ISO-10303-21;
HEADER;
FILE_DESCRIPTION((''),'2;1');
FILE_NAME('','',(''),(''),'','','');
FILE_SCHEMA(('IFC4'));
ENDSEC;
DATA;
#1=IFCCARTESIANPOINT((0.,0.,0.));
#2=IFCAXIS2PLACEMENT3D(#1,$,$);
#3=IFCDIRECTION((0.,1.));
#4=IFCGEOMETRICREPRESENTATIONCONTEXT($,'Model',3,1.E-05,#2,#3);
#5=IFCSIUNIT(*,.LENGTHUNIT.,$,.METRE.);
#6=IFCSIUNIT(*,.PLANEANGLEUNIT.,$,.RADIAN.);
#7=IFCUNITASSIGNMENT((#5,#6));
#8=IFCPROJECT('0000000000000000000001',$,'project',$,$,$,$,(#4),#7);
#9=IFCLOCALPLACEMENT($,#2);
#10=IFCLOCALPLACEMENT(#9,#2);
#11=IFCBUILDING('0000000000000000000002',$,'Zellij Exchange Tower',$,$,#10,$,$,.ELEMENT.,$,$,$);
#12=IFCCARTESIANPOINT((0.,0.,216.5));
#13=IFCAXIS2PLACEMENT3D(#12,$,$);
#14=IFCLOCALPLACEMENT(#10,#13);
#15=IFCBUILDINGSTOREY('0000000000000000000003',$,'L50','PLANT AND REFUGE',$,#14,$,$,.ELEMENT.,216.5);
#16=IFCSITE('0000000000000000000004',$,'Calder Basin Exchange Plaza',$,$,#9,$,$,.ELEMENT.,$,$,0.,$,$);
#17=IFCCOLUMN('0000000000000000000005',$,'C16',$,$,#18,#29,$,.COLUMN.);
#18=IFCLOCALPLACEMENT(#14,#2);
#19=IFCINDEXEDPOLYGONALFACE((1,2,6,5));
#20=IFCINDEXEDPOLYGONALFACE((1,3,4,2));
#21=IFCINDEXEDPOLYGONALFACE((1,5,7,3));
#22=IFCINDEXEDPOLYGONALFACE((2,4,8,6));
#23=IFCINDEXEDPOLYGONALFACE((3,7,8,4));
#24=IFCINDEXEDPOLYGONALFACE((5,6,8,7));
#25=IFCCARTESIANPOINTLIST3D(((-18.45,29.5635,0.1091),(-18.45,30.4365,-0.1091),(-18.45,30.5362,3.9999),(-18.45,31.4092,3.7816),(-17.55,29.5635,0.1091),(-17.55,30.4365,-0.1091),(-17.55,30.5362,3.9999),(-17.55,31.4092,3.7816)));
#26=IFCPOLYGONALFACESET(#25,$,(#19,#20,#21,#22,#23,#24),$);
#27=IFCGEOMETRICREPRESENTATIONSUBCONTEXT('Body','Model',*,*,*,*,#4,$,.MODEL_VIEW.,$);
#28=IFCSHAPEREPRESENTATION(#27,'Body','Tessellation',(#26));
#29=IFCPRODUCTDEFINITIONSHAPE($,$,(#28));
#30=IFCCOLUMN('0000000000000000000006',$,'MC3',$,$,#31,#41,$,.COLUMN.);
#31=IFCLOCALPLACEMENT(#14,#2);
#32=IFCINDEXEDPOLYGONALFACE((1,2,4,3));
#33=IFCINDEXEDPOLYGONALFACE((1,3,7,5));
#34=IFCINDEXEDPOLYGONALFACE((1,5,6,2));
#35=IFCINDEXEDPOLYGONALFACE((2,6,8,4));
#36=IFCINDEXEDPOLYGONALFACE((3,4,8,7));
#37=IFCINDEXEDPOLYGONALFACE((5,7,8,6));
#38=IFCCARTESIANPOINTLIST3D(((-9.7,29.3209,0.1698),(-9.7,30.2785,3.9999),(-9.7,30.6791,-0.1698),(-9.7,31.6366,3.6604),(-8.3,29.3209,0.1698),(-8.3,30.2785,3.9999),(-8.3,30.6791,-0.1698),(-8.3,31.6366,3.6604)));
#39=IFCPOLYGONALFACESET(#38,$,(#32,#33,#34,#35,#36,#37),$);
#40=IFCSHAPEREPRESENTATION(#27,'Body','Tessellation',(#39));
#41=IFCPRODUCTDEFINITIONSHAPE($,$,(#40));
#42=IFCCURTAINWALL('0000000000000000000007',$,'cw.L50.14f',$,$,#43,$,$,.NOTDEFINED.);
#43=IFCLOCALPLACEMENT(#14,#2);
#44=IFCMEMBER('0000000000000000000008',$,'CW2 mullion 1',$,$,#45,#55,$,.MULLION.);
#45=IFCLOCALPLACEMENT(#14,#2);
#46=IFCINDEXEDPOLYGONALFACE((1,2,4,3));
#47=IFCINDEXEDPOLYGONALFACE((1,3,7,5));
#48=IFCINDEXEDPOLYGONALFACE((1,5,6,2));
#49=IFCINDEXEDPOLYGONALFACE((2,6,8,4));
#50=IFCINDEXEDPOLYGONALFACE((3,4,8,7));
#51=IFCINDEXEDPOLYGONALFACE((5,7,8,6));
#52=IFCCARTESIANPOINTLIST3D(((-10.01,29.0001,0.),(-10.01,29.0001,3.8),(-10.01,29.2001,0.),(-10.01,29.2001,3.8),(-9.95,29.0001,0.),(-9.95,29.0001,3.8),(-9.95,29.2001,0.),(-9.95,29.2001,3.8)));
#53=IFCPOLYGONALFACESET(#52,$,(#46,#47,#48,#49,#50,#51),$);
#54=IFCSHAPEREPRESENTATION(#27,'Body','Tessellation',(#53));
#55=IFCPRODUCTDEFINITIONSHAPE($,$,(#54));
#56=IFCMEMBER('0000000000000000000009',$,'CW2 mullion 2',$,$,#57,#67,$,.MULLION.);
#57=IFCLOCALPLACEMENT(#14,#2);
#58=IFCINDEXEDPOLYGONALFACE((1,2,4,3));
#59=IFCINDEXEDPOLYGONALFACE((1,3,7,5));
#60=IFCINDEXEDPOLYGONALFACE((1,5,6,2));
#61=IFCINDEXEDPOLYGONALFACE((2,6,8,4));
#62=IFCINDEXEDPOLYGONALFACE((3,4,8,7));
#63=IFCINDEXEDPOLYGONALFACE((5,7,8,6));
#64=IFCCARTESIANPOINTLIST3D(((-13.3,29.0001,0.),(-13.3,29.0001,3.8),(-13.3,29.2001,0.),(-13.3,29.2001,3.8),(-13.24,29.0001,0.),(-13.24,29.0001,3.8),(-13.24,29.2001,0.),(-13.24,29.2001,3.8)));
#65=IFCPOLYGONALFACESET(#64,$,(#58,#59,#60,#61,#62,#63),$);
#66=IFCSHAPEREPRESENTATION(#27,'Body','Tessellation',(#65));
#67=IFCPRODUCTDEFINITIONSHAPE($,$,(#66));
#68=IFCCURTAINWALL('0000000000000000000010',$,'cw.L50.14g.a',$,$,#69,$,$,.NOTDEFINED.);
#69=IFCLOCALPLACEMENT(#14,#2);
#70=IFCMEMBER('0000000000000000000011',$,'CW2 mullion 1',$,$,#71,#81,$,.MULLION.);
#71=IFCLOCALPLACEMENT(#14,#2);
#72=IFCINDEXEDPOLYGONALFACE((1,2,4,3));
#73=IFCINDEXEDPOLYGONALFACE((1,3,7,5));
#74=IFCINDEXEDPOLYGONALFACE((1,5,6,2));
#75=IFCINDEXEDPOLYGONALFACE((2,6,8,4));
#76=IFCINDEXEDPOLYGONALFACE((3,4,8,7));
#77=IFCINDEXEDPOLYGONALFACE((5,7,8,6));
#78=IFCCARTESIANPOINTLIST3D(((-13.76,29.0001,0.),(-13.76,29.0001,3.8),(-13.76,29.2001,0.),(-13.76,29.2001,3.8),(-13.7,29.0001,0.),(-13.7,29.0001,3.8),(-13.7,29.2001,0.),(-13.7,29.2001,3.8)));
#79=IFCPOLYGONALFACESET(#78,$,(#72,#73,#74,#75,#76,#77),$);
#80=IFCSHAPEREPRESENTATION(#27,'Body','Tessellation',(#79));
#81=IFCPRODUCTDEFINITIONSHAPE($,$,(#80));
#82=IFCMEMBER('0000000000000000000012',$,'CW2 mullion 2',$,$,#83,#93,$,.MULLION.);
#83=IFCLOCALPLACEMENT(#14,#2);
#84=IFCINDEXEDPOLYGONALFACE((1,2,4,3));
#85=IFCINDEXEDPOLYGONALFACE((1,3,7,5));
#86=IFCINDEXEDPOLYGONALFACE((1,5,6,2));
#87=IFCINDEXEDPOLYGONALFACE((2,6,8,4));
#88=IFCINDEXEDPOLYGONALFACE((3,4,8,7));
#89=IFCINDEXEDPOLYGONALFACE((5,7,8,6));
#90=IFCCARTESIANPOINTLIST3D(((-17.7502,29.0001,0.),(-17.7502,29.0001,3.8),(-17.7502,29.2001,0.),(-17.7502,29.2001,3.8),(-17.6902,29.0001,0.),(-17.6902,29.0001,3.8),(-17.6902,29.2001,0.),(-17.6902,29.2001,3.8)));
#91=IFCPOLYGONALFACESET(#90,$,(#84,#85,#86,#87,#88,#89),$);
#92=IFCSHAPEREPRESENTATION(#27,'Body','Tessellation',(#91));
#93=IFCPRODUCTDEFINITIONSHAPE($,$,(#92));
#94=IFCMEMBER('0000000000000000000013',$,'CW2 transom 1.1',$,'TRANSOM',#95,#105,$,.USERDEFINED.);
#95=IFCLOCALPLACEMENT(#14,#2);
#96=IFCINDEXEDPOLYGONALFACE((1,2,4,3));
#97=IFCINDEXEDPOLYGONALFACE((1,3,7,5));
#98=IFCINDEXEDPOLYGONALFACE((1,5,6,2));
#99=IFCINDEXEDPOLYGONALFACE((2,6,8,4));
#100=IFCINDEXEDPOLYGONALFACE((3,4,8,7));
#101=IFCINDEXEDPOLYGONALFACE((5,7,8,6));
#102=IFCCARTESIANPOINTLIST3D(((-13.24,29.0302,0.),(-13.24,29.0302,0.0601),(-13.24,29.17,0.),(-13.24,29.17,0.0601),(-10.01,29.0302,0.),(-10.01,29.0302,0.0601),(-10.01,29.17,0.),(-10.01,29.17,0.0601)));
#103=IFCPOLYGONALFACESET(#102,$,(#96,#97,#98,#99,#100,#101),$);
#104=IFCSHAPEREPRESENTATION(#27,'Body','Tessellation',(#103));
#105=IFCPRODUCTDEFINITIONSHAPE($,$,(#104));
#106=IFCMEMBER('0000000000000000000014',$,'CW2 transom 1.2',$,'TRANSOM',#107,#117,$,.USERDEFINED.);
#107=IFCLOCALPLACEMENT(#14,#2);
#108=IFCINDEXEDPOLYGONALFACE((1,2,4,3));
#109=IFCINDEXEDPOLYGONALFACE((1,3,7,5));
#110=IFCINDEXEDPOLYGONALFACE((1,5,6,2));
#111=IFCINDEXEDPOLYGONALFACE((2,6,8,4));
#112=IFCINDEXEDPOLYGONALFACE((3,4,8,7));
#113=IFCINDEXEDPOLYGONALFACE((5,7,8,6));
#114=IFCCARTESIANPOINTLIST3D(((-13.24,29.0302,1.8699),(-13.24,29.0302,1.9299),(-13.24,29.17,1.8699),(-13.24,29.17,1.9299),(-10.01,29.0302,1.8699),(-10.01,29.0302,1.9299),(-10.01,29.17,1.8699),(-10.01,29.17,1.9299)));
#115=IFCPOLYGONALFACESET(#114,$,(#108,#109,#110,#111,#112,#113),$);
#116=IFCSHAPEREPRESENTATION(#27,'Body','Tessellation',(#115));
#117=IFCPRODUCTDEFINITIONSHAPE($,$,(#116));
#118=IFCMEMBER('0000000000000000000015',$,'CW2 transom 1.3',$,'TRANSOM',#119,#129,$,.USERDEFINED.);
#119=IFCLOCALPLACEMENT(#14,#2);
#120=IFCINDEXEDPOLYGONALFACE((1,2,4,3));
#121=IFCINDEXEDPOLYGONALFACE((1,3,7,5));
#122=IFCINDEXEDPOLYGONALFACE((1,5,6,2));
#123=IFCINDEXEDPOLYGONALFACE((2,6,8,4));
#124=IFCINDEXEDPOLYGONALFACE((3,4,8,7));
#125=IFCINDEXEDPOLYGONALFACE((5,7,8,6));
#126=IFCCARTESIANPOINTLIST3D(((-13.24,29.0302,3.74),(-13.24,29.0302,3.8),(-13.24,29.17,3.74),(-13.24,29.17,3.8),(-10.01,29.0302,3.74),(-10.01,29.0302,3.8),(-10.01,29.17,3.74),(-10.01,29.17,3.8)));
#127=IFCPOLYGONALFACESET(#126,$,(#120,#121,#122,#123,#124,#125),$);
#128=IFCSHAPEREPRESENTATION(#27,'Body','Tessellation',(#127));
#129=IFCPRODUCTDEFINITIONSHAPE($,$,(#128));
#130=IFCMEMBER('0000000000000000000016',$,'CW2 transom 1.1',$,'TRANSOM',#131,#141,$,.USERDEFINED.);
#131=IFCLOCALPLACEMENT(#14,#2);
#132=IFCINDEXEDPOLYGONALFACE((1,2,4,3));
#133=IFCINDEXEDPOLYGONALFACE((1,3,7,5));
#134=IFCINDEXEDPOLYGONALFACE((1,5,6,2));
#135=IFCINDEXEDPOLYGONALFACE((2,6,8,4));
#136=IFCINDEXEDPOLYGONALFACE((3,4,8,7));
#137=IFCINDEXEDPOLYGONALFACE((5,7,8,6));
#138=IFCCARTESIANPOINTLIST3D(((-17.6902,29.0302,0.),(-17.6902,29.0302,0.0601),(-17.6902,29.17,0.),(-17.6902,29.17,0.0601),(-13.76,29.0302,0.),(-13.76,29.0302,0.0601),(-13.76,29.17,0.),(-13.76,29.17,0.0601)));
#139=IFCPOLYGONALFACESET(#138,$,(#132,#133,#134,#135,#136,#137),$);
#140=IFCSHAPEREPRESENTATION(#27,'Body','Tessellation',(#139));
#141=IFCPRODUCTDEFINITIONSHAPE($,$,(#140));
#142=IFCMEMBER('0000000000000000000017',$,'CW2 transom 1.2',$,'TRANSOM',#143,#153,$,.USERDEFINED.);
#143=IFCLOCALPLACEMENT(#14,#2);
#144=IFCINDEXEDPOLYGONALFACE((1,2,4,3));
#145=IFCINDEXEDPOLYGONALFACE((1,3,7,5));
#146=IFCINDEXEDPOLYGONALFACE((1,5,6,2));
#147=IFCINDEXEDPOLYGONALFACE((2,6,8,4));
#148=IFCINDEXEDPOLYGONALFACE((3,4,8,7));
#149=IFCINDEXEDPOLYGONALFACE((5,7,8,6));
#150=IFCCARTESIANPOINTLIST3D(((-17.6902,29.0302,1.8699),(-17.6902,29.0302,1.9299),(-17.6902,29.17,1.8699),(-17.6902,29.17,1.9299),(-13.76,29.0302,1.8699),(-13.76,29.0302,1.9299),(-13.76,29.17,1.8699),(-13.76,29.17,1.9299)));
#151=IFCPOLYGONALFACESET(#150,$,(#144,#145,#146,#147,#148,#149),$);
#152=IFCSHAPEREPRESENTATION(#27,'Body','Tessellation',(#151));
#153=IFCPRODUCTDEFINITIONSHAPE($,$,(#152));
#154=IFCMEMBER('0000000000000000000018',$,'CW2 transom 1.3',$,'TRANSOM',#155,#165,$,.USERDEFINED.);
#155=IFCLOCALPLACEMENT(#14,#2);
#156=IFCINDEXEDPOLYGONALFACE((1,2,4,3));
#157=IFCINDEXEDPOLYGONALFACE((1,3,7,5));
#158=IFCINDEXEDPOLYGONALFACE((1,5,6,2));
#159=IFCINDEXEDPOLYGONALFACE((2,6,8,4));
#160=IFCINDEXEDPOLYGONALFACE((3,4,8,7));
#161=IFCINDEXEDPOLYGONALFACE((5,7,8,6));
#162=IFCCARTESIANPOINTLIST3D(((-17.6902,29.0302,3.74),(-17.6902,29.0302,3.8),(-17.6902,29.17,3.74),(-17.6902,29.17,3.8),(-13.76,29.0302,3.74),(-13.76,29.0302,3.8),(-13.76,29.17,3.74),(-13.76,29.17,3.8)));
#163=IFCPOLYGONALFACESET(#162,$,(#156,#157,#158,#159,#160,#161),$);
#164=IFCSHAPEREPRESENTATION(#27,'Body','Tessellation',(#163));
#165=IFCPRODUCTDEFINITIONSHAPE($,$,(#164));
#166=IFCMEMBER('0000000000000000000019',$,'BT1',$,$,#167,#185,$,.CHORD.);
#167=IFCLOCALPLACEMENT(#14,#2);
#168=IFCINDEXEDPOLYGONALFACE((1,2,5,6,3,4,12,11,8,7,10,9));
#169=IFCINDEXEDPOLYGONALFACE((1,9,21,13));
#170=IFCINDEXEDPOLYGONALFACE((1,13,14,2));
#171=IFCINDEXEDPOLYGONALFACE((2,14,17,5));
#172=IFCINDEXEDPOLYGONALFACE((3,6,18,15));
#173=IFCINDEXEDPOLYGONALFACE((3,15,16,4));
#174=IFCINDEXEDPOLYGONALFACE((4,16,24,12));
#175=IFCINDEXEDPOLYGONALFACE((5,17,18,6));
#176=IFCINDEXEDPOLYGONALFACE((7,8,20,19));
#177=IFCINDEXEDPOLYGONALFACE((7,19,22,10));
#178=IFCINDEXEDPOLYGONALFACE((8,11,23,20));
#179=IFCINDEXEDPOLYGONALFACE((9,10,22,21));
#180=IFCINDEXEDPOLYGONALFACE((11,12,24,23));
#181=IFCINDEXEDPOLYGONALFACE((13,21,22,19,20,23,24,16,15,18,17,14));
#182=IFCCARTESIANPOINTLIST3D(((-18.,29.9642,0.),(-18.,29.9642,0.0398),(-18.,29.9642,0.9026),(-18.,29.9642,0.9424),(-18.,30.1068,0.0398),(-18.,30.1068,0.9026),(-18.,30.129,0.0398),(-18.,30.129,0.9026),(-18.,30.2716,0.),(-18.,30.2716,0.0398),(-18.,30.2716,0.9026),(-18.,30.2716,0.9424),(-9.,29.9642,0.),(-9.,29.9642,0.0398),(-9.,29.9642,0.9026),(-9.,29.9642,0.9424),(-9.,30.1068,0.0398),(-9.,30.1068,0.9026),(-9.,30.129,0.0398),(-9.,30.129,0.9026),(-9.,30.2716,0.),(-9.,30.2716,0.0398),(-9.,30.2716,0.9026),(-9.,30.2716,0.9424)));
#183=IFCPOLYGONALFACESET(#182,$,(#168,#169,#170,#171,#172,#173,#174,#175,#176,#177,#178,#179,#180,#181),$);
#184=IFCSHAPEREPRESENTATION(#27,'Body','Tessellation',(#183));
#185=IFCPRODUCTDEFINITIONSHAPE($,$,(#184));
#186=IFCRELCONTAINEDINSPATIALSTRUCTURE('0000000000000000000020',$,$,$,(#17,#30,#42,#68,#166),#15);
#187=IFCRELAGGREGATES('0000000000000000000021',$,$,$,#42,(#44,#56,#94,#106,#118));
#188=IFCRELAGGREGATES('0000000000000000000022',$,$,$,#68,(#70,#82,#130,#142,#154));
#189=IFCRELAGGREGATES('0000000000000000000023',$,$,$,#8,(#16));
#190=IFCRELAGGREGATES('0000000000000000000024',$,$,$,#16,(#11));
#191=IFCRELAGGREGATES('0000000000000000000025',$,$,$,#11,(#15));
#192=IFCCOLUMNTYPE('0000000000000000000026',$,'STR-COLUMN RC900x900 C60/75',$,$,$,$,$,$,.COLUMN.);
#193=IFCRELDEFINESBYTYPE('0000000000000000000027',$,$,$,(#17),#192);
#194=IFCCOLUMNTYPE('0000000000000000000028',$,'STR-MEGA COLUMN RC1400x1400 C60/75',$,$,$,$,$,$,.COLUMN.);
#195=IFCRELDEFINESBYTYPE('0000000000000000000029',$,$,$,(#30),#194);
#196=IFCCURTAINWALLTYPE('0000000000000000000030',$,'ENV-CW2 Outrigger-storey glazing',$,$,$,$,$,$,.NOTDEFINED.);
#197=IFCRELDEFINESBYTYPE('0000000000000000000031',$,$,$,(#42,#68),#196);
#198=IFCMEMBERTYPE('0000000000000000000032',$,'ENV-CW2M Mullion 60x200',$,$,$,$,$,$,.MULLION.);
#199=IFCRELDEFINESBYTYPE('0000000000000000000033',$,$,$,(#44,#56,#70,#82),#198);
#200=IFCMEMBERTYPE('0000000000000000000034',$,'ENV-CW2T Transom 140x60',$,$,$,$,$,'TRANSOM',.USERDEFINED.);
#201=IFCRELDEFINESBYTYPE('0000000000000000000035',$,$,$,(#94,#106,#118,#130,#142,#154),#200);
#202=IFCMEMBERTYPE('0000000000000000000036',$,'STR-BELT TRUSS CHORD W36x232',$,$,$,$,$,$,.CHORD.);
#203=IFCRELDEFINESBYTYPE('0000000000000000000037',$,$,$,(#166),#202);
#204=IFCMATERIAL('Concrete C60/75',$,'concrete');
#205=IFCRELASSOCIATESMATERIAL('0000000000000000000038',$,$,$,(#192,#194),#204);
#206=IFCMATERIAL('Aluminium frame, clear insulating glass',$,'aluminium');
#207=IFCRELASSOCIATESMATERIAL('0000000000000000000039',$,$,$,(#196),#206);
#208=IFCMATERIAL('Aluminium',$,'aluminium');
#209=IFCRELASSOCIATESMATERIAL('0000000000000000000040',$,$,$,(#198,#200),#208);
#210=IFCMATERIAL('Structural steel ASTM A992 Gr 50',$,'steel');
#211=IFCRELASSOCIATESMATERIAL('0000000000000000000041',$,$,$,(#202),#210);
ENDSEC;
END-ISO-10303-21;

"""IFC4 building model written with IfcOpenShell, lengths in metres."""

from ifc_helpers import new_model, si_unit, direction, frame, origin, origin_2d, place, context, subcontext, project, spatial, rectangle, i_section, extrude, clip, halfspace, material, material_profile, profile_set, type_object, element, aggregate, save


model = new_model("IFC4")

# Units and contexts
model_context = context("Model", 3, precision=1e-05, world=origin(), true_north=direction((0.0, 1.0)))
body_context = subcontext(model_context, "Body", "Model", "MODEL_VIEW")
ifc_project = project(units=[si_unit("LENGTHUNIT", "METRE"), si_unit("PLANEANGLEUNIT", "RADIAN")], contexts=[model_context])

# Site, building, storey
site_placement = place(None, origin())
site = spatial("IfcSite", under=ifc_project, at=site_placement, Name="Calder Basin Exchange Plaza", CompositionType="ELEMENT", RefElevation=0.0)
building_placement = place(site_placement, origin())
building = spatial("IfcBuilding", under=site, at=building_placement, Name="Zellij Exchange Tower", CompositionType="ELEMENT")
storey_placement = place(building_placement, frame((0.0, 0.0, 216.5)))
storey = spatial("IfcBuildingStorey", under=building, at=storey_placement, Name="L50", Description="PLANT AND REFUGE", CompositionType="ELEMENT", Elevation=216.5)

# Columns
ifc_material_1 = material(Name="Concrete C60/75", Category="concrete")
ifc_material_profile_1 = material_profile(ifc_material_1, rectangle(XDim=0.8999, YDim=0.8999, at=origin_2d()), Name="STR-COLUMN RC900x900 C60/75")
ifc_profile_set_1 = profile_set([ifc_material_profile_1], Name="Concrete C60/75")
column_type_1 = type_object("IfcColumnType", Name="STR-COLUMN RC900x900 C60/75", PredefinedType="COLUMN", material=ifc_profile_set_1)
column_1_placement = place(storey_placement, frame((-18.0, 30.0, 0.0), z_axis=(0.0, 0.242536, 0.970143), x_axis=(-1.0, 0.0, 0.0)))
element("IfcColumn", 1, at=column_1_placement, inside=storey, type_object=column_type_1, Name="C16", PredefinedType="COLUMN", context=body_context, shape_type="Clipping", body=[
    clip(extrude(rectangle(XDim=0.8999, YDim=0.8999, at=origin_2d()), origin(), (0.0, 0.0, 1.0), 4.123), halfspace(frame((0.0, 0.0, 4.0105)), False)),
])
ifc_material_profile_2 = material_profile(ifc_material_1, rectangle(XDim=1.3999, YDim=1.3999, at=origin_2d()), Name="STR-MEGA COLUMN RC1400x1400 C60/75")
ifc_profile_set_2 = profile_set([ifc_material_profile_2], Name="Concrete C60/75")
column_type_2 = type_object("IfcColumnType", Name="STR-MEGA COLUMN RC1400x1400 C60/75", PredefinedType="COLUMN", material=ifc_profile_set_2)
column_2_placement = place(storey_placement, frame((-9.0, 30.0, 0.0), z_axis=(0.0, 0.242536, 0.970143), x_axis=(-1.0, 0.0, 0.0)))
element("IfcColumn", 2, at=column_2_placement, inside=storey, type_object=column_type_2, Name="MC3", PredefinedType="COLUMN", context=body_context, shape_type="Clipping", body=[
    clip(extrude(rectangle(XDim=1.3999, YDim=1.3999, at=origin_2d()), origin(), (0.0, 0.0, 1.0), 4.123), halfspace(frame((0.0, 0.0, 3.948)), False)),
])

# Curtain walls, members
ifc_material_2 = material(Name="Aluminium frame, clear insulating glass", Category="aluminium")
curtain_wall_type = type_object("IfcCurtainWallType", Name="ENV-CW2 Outrigger-storey glazing", PredefinedType="NOTDEFINED", material=ifc_material_2)
curtain_wall_1_placement = place(storey_placement, origin())
curtain_wall_1 = element("IfcCurtainWall", 3, at=curtain_wall_1_placement, inside=storey, type_object=curtain_wall_type, Name="cw.L50.14f", PredefinedType="NOTDEFINED")
ifc_material_3 = material(Name="Aluminium", Category="aluminium")
ifc_material_profile_3 = material_profile(ifc_material_3, rectangle(XDim=0.0601, YDim=0.2, at=origin_2d()), Name="AL 60x200")
ifc_profile_set_3 = profile_set([ifc_material_profile_3], Name="Aluminium")
member_type_1 = type_object("IfcMemberType", Name="ENV-CW2M Mullion 60x200", PredefinedType="MULLION", material=ifc_profile_set_3)
member_1_placement = place(storey_placement, frame((-9.98, 29.1001, 0.0), z_axis=(0.0, 0.0, 1.0), x_axis=(-1.0, 0.0, 0.0)))
member_1 = element("IfcMember", 4, at=member_1_placement, type_object=member_type_1, Name="CW2 mullion 1", PredefinedType="MULLION", context=body_context, shape_type="SweptSolid", body=[
    extrude(rectangle(XDim=0.0601, YDim=0.2, at=origin_2d()), origin(), (0.0, 0.0, 1.0), 3.8),
])
member_2_placement = place(storey_placement, frame((-13.27, 29.1001, 0.0), z_axis=(0.0, 0.0, 1.0), x_axis=(-1.0, 0.0, 0.0)))
member_2 = element("IfcMember", 5, at=member_2_placement, type_object=member_type_1, Name="CW2 mullion 2", PredefinedType="MULLION", context=body_context, shape_type="SweptSolid", body=[
    extrude(rectangle(XDim=0.0601, YDim=0.2, at=origin_2d()), origin(), (0.0, 0.0, 1.0), 3.8),
])
curtain_wall_2_placement = place(storey_placement, origin())
curtain_wall_2 = element("IfcCurtainWall", 6, at=curtain_wall_2_placement, inside=storey, type_object=curtain_wall_type, Name="cw.L50.14g.a", PredefinedType="NOTDEFINED")
member_3_placement = place(storey_placement, frame((-13.73, 29.1001, 0.0), z_axis=(0.0, 0.0, 1.0), x_axis=(-1.0, 0.0, 0.0)))
member_3 = element("IfcMember", 7, at=member_3_placement, type_object=member_type_1, Name="CW2 mullion 1", PredefinedType="MULLION", context=body_context, shape_type="SweptSolid", body=[
    extrude(rectangle(XDim=0.0601, YDim=0.2, at=origin_2d()), origin(), (0.0, 0.0, 1.0), 3.8),
])
member_4_placement = place(storey_placement, frame((-17.7202, 29.1001, 0.0), z_axis=(0.0, 0.0, 1.0), x_axis=(-1.0, 0.0, 0.0)))
member_4 = element("IfcMember", 8, at=member_4_placement, type_object=member_type_1, Name="CW2 mullion 2", PredefinedType="MULLION", context=body_context, shape_type="SweptSolid", body=[
    extrude(rectangle(XDim=0.0601, YDim=0.2, at=origin_2d()), origin(), (0.0, 0.0, 1.0), 3.8),
])

# Members
ifc_material_profile_4 = material_profile(ifc_material_3, rectangle(XDim=0.1399, YDim=0.0601, at=origin_2d()), Name="AL 140x60")
ifc_profile_set_4 = profile_set([ifc_material_profile_4], Name="Aluminium")
member_type_2 = type_object("IfcMemberType", Name="ENV-CW2T Transom 140x60", ElementType="TRANSOM", PredefinedType="USERDEFINED", material=ifc_profile_set_4)
member_5_placement = place(storey_placement, frame((-10.01, 29.1001, 0.03), z_axis=(-1.0, 0.0, 0.0), x_axis=(0.0, -1.0, 0.0)))
member_5 = element("IfcMember", 9, at=member_5_placement, type_object=member_type_2, Name="CW2 transom 1.1", ObjectType="TRANSOM", PredefinedType="USERDEFINED", context=body_context, shape_type="SweptSolid", body=[
    extrude(rectangle(XDim=0.1399, YDim=0.0601, at=origin_2d()), origin(), (0.0, 0.0, 1.0), 3.23),
])
member_6_placement = place(storey_placement, frame((-10.01, 29.1001, 1.8999), z_axis=(-1.0, 0.0, 0.0), x_axis=(0.0, -1.0, 0.0)))
member_6 = element("IfcMember", 10, at=member_6_placement, type_object=member_type_2, Name="CW2 transom 1.2", ObjectType="TRANSOM", PredefinedType="USERDEFINED", context=body_context, shape_type="SweptSolid", body=[
    extrude(rectangle(XDim=0.1399, YDim=0.0601, at=origin_2d()), origin(), (0.0, 0.0, 1.0), 3.23),
])
member_7_placement = place(storey_placement, frame((-10.01, 29.1001, 3.77), z_axis=(-1.0, 0.0, 0.0), x_axis=(0.0, -1.0, 0.0)))
member_7 = element("IfcMember", 11, at=member_7_placement, type_object=member_type_2, Name="CW2 transom 1.3", ObjectType="TRANSOM", PredefinedType="USERDEFINED", context=body_context, shape_type="SweptSolid", body=[
    extrude(rectangle(XDim=0.1399, YDim=0.0601, at=origin_2d()), origin(), (0.0, 0.0, 1.0), 3.23),
])
member_8_placement = place(storey_placement, frame((-13.76, 29.1001, 0.03), z_axis=(-1.0, 0.0, 0.0), x_axis=(0.0, -1.0, 0.0)))
member_8 = element("IfcMember", 12, at=member_8_placement, type_object=member_type_2, Name="CW2 transom 1.1", ObjectType="TRANSOM", PredefinedType="USERDEFINED", context=body_context, shape_type="SweptSolid", body=[
    extrude(rectangle(XDim=0.1399, YDim=0.0601, at=origin_2d()), origin(), (0.0, 0.0, 1.0), 3.9302),
])
member_9_placement = place(storey_placement, frame((-13.76, 29.1001, 1.8999), z_axis=(-1.0, 0.0, 0.0), x_axis=(0.0, -1.0, 0.0)))
member_9 = element("IfcMember", 13, at=member_9_placement, type_object=member_type_2, Name="CW2 transom 1.2", ObjectType="TRANSOM", PredefinedType="USERDEFINED", context=body_context, shape_type="SweptSolid", body=[
    extrude(rectangle(XDim=0.1399, YDim=0.0601, at=origin_2d()), origin(), (0.0, 0.0, 1.0), 3.9302),
])
member_10_placement = place(storey_placement, frame((-13.76, 29.1001, 3.77), z_axis=(-1.0, 0.0, 0.0), x_axis=(0.0, -1.0, 0.0)))
member_10 = element("IfcMember", 14, at=member_10_placement, type_object=member_type_2, Name="CW2 transom 1.3", ObjectType="TRANSOM", PredefinedType="USERDEFINED", context=body_context, shape_type="SweptSolid", body=[
    extrude(rectangle(XDim=0.1399, YDim=0.0601, at=origin_2d()), origin(), (0.0, 0.0, 1.0), 3.9302),
])

# Member
ifc_material_4 = material(Name="Structural steel ASTM A992 Gr 50", Category="steel")
ifc_material_profile_5 = material_profile(ifc_material_4, i_section(OverallWidth=0.3074, OverallDepth=0.9424, WebThickness=0.0222, FlangeThickness=0.0398, at=origin_2d()), Name="W36x232")
ifc_profile_set_5 = profile_set([ifc_material_profile_5], Name="Structural steel ASTM A992 Gr 50")
member_type_3 = type_object("IfcMemberType", Name="STR-BELT TRUSS CHORD W36x232", PredefinedType="CHORD", material=ifc_profile_set_5)
for number, where, z_axis, x_axis, name in (
    (15, (-18.0, 30.1179, 0.4712), (1.0, 0.0, 0.0), (0.0, 1.0, 0.0), "BT1"),
):
    element("IfcMember", number, at=place(storey_placement, frame(where, z_axis=z_axis, x_axis=x_axis)), inside=storey, type_object=member_type_3, Name=name, PredefinedType="CHORD", context=body_context, shape_type="SweptSolid", body=[
        extrude(i_section(OverallWidth=0.3074, OverallDepth=0.9424, WebThickness=0.0222, FlangeThickness=0.0398, at=origin_2d()), origin(), (0.0, 0.0, 1.0), 9.0),
    ])

aggregate(curtain_wall_1, [member_1, member_2, member_5, member_6, member_7])
aggregate(curtain_wall_2, [member_3, member_4, member_8, member_9, member_10])

save(model, "model.ifc")
